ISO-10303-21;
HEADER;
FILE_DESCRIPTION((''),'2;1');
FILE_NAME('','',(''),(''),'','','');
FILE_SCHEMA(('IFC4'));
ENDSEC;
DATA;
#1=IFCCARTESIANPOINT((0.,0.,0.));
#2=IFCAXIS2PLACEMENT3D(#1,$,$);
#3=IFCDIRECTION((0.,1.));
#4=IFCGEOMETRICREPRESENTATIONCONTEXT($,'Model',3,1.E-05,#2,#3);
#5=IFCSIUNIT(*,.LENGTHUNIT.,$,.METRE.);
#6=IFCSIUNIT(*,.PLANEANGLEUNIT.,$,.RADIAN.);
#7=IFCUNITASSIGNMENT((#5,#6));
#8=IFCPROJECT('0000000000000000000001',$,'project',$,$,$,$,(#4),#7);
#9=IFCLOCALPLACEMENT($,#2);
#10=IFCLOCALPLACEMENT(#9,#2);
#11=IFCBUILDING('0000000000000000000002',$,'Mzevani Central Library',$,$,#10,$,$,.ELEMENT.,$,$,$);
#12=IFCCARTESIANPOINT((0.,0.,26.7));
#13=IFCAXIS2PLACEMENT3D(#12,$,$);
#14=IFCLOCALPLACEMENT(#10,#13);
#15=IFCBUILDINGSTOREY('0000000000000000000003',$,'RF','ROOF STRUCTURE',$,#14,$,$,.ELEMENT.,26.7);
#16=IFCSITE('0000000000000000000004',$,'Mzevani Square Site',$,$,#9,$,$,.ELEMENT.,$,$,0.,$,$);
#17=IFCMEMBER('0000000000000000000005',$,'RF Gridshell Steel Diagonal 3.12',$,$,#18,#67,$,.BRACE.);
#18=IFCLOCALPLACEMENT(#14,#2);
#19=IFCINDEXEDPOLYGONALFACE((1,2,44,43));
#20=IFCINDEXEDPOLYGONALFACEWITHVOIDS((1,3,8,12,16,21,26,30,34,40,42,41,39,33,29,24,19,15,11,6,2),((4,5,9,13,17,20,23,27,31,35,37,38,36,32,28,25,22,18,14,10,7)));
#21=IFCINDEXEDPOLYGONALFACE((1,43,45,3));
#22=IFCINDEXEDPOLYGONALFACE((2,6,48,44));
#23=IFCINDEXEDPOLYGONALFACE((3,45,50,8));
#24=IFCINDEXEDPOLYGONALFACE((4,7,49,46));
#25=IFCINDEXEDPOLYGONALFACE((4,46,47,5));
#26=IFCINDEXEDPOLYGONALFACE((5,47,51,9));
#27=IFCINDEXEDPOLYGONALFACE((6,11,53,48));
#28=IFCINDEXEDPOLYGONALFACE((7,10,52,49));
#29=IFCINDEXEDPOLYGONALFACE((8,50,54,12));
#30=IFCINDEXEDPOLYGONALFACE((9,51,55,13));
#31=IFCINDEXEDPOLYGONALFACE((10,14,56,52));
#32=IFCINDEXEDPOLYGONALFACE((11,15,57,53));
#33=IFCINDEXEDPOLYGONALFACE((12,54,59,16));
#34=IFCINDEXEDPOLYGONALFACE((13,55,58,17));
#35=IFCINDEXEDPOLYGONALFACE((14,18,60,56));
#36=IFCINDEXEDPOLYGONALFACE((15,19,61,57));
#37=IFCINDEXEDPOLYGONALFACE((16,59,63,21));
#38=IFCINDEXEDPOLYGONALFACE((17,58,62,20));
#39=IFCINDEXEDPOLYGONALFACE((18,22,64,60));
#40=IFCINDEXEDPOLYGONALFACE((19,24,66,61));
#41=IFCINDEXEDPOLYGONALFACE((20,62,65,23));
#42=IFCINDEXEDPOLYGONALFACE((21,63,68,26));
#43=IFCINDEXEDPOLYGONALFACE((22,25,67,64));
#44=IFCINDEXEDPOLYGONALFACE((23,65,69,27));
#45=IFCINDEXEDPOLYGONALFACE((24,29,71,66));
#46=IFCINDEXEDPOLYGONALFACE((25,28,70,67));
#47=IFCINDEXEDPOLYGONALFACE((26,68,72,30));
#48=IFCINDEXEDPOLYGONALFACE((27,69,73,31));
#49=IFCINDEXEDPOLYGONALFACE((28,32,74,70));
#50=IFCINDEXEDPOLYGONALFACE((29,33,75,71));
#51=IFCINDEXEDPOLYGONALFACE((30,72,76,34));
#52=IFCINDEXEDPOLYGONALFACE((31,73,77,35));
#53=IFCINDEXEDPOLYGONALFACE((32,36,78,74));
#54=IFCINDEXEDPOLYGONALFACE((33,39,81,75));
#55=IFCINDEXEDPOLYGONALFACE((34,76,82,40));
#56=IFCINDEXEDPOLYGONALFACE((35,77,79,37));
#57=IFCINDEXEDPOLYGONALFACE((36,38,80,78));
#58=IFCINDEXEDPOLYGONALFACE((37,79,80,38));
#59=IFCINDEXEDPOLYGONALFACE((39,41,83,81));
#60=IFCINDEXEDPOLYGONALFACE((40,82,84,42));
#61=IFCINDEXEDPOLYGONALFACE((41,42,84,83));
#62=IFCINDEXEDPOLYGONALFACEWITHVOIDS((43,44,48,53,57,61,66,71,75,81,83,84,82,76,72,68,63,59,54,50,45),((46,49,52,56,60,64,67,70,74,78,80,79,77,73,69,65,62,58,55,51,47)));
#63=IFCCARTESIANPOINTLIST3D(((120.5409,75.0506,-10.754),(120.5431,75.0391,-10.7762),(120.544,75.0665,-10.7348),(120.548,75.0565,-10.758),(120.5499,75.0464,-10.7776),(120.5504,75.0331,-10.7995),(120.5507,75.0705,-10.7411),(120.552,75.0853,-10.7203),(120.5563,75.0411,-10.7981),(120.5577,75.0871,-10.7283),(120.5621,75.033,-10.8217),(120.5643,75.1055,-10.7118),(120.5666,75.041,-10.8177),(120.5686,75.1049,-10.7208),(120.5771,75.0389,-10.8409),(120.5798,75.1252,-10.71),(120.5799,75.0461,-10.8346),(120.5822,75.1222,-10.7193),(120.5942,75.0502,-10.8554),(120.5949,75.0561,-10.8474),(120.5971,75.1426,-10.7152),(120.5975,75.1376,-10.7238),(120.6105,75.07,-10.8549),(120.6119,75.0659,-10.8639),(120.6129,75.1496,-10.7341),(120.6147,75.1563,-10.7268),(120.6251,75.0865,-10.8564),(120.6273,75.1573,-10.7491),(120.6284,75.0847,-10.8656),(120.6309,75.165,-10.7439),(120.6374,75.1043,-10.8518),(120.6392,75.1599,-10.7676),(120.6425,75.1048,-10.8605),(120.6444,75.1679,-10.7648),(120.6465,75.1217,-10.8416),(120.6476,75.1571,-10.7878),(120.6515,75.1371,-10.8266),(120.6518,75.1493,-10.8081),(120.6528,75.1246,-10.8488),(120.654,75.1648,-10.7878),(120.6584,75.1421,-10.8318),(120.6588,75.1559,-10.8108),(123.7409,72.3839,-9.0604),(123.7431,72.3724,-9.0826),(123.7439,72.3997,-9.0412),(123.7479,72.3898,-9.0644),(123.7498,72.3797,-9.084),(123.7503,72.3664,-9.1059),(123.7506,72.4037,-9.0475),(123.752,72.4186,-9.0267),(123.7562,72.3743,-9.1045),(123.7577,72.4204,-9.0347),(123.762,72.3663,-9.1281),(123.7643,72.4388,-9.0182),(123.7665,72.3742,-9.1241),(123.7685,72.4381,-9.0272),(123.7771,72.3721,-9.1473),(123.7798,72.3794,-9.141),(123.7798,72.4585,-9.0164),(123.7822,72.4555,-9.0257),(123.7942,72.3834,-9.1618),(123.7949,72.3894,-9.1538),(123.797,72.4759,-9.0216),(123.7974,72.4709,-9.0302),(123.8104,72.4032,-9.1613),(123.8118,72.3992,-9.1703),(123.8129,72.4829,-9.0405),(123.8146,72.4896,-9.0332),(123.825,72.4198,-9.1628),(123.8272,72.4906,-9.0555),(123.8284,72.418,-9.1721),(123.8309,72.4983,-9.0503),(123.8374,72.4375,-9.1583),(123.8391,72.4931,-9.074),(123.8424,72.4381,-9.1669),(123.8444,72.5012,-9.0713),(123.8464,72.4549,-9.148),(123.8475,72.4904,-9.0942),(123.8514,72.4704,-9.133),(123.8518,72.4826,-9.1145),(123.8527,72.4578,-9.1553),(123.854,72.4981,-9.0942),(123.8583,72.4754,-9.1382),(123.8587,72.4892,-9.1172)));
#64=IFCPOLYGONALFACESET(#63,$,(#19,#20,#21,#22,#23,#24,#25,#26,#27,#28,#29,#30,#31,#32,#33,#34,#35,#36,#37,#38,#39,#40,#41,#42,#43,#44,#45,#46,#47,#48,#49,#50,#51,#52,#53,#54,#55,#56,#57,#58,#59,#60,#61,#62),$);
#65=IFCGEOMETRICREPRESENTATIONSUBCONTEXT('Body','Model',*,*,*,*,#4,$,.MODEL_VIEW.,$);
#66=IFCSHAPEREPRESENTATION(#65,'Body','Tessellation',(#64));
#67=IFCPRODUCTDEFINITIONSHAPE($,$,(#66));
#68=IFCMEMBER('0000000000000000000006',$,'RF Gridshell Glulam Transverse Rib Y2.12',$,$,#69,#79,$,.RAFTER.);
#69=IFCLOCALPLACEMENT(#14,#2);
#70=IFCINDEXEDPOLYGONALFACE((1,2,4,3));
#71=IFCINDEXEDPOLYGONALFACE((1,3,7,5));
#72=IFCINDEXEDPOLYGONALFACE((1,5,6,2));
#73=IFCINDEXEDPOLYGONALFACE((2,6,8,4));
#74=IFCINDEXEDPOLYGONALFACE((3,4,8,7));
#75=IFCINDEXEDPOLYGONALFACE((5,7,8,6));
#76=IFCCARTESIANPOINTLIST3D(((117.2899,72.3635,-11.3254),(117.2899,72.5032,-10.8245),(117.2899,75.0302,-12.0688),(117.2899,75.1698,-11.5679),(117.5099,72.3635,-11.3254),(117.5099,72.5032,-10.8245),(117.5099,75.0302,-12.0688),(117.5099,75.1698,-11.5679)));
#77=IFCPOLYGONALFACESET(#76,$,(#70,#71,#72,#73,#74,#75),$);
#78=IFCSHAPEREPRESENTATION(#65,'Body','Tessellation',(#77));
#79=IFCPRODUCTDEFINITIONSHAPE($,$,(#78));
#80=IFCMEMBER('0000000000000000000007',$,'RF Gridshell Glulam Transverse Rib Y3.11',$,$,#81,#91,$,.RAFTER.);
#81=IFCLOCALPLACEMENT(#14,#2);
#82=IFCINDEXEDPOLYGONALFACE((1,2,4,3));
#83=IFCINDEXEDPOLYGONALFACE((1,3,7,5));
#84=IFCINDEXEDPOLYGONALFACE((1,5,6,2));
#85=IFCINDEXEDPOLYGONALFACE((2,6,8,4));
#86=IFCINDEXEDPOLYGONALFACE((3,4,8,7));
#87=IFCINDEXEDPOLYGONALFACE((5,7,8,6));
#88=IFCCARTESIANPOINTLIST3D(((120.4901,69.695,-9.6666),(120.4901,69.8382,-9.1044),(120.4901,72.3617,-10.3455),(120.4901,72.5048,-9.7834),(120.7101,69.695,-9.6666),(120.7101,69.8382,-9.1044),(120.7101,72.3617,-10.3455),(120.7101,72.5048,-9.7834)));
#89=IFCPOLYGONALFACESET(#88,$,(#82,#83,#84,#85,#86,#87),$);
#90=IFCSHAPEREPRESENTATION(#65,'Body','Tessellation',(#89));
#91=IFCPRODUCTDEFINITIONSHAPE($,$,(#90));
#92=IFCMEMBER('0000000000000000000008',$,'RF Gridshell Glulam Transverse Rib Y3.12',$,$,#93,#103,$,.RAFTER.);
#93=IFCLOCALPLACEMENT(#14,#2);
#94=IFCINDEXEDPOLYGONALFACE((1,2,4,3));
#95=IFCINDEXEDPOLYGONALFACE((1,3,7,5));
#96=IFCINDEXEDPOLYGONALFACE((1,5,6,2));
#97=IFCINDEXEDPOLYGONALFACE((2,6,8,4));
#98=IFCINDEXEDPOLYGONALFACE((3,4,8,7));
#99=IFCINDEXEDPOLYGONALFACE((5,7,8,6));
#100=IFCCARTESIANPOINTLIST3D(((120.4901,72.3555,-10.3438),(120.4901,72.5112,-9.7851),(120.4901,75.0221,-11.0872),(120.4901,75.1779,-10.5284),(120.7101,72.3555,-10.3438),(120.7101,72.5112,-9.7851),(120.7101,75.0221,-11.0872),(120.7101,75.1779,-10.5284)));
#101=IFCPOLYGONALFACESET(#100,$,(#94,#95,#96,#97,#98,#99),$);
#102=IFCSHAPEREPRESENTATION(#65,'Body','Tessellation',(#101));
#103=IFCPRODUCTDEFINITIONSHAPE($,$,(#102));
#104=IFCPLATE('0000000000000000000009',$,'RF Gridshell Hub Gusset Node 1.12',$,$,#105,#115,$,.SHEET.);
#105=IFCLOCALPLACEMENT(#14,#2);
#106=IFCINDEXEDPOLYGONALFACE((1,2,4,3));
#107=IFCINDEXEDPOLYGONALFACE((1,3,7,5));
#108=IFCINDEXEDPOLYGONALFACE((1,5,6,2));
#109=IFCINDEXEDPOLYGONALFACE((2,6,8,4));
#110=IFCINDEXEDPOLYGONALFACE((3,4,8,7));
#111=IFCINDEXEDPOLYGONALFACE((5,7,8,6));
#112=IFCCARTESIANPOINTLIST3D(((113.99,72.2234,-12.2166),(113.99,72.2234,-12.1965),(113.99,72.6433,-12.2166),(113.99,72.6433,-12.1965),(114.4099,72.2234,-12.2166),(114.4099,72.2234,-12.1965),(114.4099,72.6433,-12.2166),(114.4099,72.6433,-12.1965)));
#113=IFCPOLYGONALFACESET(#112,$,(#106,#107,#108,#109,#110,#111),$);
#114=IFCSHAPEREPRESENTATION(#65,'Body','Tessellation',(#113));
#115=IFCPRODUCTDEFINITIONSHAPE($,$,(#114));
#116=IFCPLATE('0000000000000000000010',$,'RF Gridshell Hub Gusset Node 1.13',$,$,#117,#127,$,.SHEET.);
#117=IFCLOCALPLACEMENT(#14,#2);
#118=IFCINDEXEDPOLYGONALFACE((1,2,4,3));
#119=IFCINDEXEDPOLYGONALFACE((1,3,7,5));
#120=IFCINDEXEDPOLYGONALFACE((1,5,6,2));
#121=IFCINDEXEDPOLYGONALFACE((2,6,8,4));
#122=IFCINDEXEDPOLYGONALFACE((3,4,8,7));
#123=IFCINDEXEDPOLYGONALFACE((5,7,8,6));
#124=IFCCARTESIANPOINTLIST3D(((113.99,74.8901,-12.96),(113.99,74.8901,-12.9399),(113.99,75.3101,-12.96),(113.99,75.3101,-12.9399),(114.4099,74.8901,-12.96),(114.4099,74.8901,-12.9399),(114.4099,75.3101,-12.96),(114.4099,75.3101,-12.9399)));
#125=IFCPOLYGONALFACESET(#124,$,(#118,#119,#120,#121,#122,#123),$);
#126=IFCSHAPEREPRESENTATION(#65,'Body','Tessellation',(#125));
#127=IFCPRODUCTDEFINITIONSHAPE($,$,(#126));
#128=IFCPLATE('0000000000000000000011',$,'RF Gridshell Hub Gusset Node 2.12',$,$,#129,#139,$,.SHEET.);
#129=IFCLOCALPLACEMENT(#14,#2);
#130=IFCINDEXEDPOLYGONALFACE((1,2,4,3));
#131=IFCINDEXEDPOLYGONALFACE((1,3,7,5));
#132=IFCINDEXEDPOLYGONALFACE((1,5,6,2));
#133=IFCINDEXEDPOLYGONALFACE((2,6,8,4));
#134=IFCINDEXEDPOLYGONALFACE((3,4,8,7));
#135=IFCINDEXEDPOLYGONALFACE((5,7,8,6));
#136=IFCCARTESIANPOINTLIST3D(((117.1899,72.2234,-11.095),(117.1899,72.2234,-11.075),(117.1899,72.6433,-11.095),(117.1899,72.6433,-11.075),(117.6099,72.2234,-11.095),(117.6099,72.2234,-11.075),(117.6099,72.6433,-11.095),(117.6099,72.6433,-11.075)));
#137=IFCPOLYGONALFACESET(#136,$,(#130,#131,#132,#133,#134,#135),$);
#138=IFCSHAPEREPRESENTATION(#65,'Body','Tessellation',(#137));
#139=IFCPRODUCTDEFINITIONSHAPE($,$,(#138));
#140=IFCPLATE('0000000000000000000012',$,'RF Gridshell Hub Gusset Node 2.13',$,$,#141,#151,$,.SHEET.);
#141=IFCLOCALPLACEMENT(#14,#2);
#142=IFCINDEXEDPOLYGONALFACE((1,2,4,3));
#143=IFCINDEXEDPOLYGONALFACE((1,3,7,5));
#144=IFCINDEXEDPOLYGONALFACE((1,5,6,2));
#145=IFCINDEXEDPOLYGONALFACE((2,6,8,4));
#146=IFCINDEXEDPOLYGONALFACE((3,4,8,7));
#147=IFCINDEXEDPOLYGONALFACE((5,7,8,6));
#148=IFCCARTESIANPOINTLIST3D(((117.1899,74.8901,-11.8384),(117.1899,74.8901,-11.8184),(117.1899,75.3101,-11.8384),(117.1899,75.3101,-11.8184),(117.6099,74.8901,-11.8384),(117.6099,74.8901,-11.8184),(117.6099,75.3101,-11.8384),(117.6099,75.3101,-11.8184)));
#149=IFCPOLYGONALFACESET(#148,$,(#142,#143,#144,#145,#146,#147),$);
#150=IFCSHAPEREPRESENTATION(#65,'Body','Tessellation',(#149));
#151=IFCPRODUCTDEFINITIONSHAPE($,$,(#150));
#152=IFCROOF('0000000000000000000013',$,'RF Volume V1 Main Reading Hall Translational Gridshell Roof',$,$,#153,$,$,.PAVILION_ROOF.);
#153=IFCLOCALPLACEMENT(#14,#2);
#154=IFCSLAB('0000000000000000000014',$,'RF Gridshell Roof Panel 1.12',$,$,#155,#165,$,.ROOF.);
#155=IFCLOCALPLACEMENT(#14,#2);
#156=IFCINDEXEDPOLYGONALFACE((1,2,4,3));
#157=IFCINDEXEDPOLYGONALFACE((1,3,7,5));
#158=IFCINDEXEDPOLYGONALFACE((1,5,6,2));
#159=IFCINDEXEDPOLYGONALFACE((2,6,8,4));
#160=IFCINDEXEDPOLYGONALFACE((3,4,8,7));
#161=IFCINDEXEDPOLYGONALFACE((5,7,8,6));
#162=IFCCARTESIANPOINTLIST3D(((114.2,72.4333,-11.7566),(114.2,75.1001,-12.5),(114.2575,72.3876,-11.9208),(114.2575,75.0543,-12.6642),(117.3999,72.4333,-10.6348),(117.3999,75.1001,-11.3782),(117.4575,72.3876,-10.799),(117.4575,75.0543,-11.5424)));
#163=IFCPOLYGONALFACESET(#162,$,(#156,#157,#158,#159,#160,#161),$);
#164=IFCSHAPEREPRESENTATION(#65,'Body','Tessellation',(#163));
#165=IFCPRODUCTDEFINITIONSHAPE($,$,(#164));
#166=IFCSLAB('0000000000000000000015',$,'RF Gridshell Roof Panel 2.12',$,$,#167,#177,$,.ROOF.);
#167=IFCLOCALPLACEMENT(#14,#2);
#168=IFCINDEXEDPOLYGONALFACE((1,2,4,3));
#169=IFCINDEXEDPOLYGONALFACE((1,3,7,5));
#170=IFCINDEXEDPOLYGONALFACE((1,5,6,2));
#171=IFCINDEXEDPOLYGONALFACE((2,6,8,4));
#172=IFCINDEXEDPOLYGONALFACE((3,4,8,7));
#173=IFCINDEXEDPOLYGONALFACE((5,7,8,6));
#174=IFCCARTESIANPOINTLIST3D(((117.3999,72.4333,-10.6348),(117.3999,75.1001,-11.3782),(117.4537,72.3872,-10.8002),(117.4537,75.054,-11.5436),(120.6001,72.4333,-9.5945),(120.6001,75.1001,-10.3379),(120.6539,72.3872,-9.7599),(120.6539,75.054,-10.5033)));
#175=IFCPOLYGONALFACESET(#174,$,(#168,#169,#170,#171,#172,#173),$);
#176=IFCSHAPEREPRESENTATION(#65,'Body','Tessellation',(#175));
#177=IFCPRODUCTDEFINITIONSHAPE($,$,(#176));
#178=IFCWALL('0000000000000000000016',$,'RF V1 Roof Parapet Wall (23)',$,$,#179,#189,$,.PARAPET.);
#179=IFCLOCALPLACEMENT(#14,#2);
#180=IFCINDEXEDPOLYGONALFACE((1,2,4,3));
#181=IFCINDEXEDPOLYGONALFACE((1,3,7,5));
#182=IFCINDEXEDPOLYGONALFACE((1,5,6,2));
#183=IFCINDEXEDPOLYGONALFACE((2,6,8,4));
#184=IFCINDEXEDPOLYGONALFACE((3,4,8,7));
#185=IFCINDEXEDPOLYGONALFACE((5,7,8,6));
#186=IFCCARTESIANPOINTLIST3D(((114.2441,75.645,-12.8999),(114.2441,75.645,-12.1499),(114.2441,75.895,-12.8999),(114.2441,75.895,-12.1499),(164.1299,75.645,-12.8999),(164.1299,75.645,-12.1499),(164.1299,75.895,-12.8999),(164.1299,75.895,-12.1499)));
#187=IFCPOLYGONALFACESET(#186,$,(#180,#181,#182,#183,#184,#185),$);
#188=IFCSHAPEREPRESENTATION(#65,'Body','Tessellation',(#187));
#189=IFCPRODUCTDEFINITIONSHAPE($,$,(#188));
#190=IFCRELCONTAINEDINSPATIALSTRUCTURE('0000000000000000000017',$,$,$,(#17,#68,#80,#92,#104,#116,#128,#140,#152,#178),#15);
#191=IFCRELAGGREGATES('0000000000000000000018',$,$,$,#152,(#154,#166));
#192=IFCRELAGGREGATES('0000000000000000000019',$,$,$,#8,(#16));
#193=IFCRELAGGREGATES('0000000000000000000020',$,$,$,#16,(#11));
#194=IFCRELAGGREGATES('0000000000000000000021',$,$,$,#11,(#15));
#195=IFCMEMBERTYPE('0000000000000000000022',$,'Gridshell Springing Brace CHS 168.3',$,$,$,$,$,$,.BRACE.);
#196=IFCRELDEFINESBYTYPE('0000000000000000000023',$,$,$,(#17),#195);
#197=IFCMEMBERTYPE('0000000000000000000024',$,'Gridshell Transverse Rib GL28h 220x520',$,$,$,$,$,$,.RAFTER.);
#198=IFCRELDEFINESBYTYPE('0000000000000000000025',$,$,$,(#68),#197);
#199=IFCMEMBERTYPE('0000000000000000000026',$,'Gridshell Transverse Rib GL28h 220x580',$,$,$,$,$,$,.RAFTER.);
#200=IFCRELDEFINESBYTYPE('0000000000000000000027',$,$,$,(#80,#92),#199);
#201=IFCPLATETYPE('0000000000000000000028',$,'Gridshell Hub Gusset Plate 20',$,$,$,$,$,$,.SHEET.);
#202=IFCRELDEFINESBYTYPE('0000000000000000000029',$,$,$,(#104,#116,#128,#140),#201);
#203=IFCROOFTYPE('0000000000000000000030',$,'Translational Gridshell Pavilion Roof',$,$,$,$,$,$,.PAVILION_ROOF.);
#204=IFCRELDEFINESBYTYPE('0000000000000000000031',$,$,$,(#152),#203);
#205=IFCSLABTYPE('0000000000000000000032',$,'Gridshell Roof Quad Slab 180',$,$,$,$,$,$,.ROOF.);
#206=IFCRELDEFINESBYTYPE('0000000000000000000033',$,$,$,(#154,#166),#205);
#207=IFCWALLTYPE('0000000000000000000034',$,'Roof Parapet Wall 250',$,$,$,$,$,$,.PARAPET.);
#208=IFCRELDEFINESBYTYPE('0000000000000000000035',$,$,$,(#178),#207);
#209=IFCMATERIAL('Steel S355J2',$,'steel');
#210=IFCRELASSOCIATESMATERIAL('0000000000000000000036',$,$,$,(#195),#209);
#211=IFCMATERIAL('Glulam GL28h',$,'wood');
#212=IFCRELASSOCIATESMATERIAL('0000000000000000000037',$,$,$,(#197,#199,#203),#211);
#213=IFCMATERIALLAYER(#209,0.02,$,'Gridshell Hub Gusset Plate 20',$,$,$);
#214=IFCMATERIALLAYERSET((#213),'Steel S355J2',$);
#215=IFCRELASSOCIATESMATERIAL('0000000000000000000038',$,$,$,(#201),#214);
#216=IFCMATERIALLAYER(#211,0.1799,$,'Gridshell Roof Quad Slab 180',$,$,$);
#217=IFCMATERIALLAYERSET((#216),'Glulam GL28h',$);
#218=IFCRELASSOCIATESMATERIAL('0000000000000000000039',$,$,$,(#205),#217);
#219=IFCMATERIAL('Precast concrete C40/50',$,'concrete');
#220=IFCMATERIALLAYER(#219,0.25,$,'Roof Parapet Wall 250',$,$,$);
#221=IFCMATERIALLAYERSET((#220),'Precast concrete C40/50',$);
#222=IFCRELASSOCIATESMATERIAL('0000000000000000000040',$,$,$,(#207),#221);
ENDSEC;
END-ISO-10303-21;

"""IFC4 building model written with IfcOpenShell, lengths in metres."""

from ifc_helpers import new_model, si_unit, direction, frame, frame_2d, origin, origin_2d, place, context, subcontext, project, spatial, polyline, rectangle, hollow_circle, outline, extrude, material, layer, layer_set, material_profile, profile_set, type_object, element, aggregate, save


model = new_model("IFC4")

# Units and contexts
model_context = context("Model", 3, precision=1e-05, world=origin(), true_north=direction((0.0, 1.0)))
body_context = subcontext(model_context, "Body", "Model", "MODEL_VIEW")
ifc_project = project(units=[si_unit("LENGTHUNIT", "METRE"), si_unit("PLANEANGLEUNIT", "RADIAN")], contexts=[model_context])

# Site, building, storey
site_placement = place(None, origin())
site = spatial("IfcSite", under=ifc_project, at=site_placement, Name="Mzevani Square Site", CompositionType="ELEMENT", RefElevation=0.0)
building_placement = place(site_placement, origin())
building = spatial("IfcBuilding", under=site, at=building_placement, Name="Mzevani Central Library", CompositionType="ELEMENT")
storey_placement = place(building_placement, frame((0.0, 0.0, 26.7)))
storey = spatial("IfcBuildingStorey", under=building, at=storey_placement, Name="RF", Description="ROOF STRUCTURE", CompositionType="ELEMENT", Elevation=26.7)

# Shared definitions
ifc_material_1 = material(Name="Steel S355J2", Category="steel")
ifc_material_2 = material(Name="Glulam GL28h", Category="wood")

# Members
ifc_material_profile_1 = material_profile(ifc_material_1, hollow_circle(Radius=0.0842, WallThickness=0.01, at=origin_2d()), Name="CHS 168.3x10.0")
ifc_profile_set_1 = profile_set([ifc_material_profile_1], Name="Steel S355J2")
member_type_1 = type_object("IfcMemberType", Name="Gridshell Springing Brace CHS 168.3", PredefinedType="BRACE", material=ifc_profile_set_1)
member_1_placement = place(storey_placement, frame((120.6001, 75.1001, -10.7878), z_axis=(0.711636, -0.593057, 0.37664), x_axis=(0.640202, 0.768207, 0.0)))
element("IfcMember", 1, at=member_1_placement, inside=storey, type_object=member_type_1, Name="RF Gridshell Steel Diagonal 3.12", PredefinedType="BRACE", context=body_context, shape_type="SweptSolid", body=[
    extrude(hollow_circle(Radius=0.0842, WallThickness=0.01, at=origin_2d()), origin(), (0.0, 0.0, 1.0), 4.4966),
])
ifc_material_profile_2 = material_profile(ifc_material_2, rectangle(XDim=0.22, YDim=0.52, at=origin_2d()), Name="GL28h 220x520")
ifc_profile_set_2 = profile_set([ifc_material_profile_2], Name="Glulam GL28h")
member_type_2 = type_object("IfcMemberType", Name="Gridshell Transverse Rib GL28h 220x520", PredefinedType="RAFTER", material=ifc_profile_set_2)
member_2_placement = place(storey_placement, frame((117.3999, 72.4333, -11.075), z_axis=(0.0, 0.963271, -0.268531), x_axis=(-1.0, 0.0, 0.0)))
element("IfcMember", 2, at=member_2_placement, inside=storey, type_object=member_type_2, Name="RF Gridshell Glulam Transverse Rib Y2.12", PredefinedType="RAFTER", context=body_context, shape_type="SweptSolid", body=[
    extrude(rectangle(XDim=0.22, YDim=0.52, at=origin_2d()), origin(), (0.0, 0.0, 1.0), 2.7683),
])
ifc_material_profile_3 = material_profile(ifc_material_2, rectangle(XDim=0.22, YDim=0.5801, at=origin_2d()), Name="GL28h 220x580")
ifc_profile_set_3 = profile_set([ifc_material_profile_3], Name="Glulam GL28h")
member_type_3 = type_object("IfcMemberType", Name="Gridshell Transverse Rib GL28h 220x580", PredefinedType="RAFTER", material=ifc_profile_set_3)
member_3_placement = place(storey_placement, frame((120.6001, 69.7666, -9.3855), z_axis=(0.0, 0.969084, -0.246729), x_axis=(-1.0, 0.0, 0.0)))
element("IfcMember", 3, at=member_3_placement, inside=storey, type_object=member_type_3, Name="RF Gridshell Glulam Transverse Rib Y3.11", PredefinedType="RAFTER", context=body_context, shape_type="SweptSolid", body=[
    extrude(rectangle(XDim=0.22, YDim=0.5801, at=origin_2d()), origin(), (0.0, 0.0, 1.0), 2.7517),
])
member_4_placement = place(storey_placement, frame((120.6001, 72.4333, -10.0645), z_axis=(0.0, 0.963271, -0.268531), x_axis=(-1.0, 0.0, 0.0)))
element("IfcMember", 4, at=member_4_placement, inside=storey, type_object=member_type_3, Name="RF Gridshell Glulam Transverse Rib Y3.12", PredefinedType="RAFTER", context=body_context, shape_type="SweptSolid", body=[
    extrude(rectangle(XDim=0.22, YDim=0.5801, at=origin_2d()), origin(), (0.0, 0.0, 1.0), 2.7683),
])

# Plates
ifc_layer_1 = layer(ifc_material_1, 0.02, Name="Gridshell Hub Gusset Plate 20")
ifc_layer_set_1 = layer_set([ifc_layer_1], Name="Steel S355J2")
plate_type = type_object("IfcPlateType", Name="Gridshell Hub Gusset Plate 20", PredefinedType="SHEET", material=ifc_layer_set_1)
for number, where, z_axis, x_axis, name in (
    (5, (114.2, 72.4333, -12.2166), (0.0, 0.0, 1.0), (1.0, 0.0, 0.0), "RF Gridshell Hub Gusset Node 1.12"),
    (6, (114.2, 75.1001, -12.96), (0.0, 0.0, 1.0), (1.0, 0.0, 0.0), "RF Gridshell Hub Gusset Node 1.13"),
    (7, (117.3999, 72.4333, -11.095), (0.0, 0.0, 1.0), (1.0, 0.0, 0.0), "RF Gridshell Hub Gusset Node 2.12"),
    (8, (117.3999, 75.1001, -11.8384), (0.0, 0.0, 1.0), (1.0, 0.0, 0.0), "RF Gridshell Hub Gusset Node 2.13"),
):
    element("IfcPlate", number, at=place(storey_placement, frame(where, z_axis=z_axis, x_axis=x_axis)), inside=storey, type_object=plate_type, Name=name, PredefinedType="SHEET", context=body_context, shape_type="SweptSolid", body=[
        extrude(rectangle(XDim=0.4199, YDim=0.4199, at=origin_2d()), origin(), (0.0, 0.0, 1.0), 0.02),
    ])

# Roof, slabs
roof_type = type_object("IfcRoofType", Name="Translational Gridshell Pavilion Roof", PredefinedType="PAVILION_ROOF", material=ifc_material_2)
roof_placement = place(storey_placement, origin())
roof = element("IfcRoof", 9, at=roof_placement, inside=storey, type_object=roof_type, Name="RF Volume V1 Main Reading Hall Translational Gridshell Roof", PredefinedType="PAVILION_ROOF")
ifc_layer_2 = layer(ifc_material_2, 0.1799, Name="Gridshell Roof Quad Slab 180")
ifc_layer_set_2 = layer_set([ifc_layer_2], Name="Glulam GL28h")
slab_type = type_object("IfcSlabType", Name="Gridshell Roof Quad Slab 180", PredefinedType="ROOF", material=ifc_layer_set_2)
slab_1_placement = place(storey_placement, frame((114.2, 72.4333, -11.7566), z_axis=(-0.319949, 0.254415, 0.912637), x_axis=(0.943689, 0.0, 0.330835)))
slab_1 = element("IfcSlab", 10, at=slab_1_placement, type_object=slab_type, Name="RF Gridshell Roof Panel 1.12", PredefinedType="ROOF", context=body_context, shape_type="SweptSolid", body=[
    extrude(outline(polyline([(0.0, 0.0), (3.3909, 0.0), (3.145, 2.7575), (-0.2459, 2.7575), (0.0, 0.0)])), origin(), (0.0, 0.0, -1.0), 0.1799),
])
slab_2_placement = place(storey_placement, frame((117.3999, 72.4333, -10.6348), z_axis=(-0.298822, 0.256261, 0.919258), x_axis=(0.951015, 0.0, 0.309145)))
slab_2 = element("IfcSlab", 11, at=slab_2_placement, type_object=slab_type, Name="RF Gridshell Roof Panel 2.12", PredefinedType="ROOF", context=body_context, shape_type="SweptSolid", body=[
    extrude(outline(polyline([(0.0, 0.0), (3.365, 0.0), (3.1352, 2.7589), (-0.2298, 2.7589), (0.0, 0.0)])), origin(), (0.0, 0.0, -1.0), 0.1799),
])
aggregate(roof, [slab_1, slab_2])

# Wall
ifc_material_3 = material(Name="Precast concrete C40/50", Category="concrete")
ifc_layer_3 = layer(ifc_material_3, 0.25, Name="Roof Parapet Wall 250")
ifc_layer_set_3 = layer_set([ifc_layer_3], Name="Precast concrete C40/50")
wall_type = type_object("IfcWallType", Name="Roof Parapet Wall 250", PredefinedType="PARAPET", material=ifc_layer_set_3)
wall_placement = place(storey_placement, frame((114.2441, 75.77, -12.8999), z_axis=(0.0, 0.0, 1.0), x_axis=(1.0, 0.0, 0.0)))
element("IfcWall", 12, at=wall_placement, inside=storey, type_object=wall_type, Name="RF V1 Roof Parapet Wall (23)", PredefinedType="PARAPET", context=body_context, shape_type="SweptSolid", body=[
    extrude(rectangle(XDim=49.8857, YDim=0.25, at=frame_2d((24.9429, 0.0))), origin(), (0.0, 0.0, 1.0), 0.75),
])

save(model, "model.ifc")
